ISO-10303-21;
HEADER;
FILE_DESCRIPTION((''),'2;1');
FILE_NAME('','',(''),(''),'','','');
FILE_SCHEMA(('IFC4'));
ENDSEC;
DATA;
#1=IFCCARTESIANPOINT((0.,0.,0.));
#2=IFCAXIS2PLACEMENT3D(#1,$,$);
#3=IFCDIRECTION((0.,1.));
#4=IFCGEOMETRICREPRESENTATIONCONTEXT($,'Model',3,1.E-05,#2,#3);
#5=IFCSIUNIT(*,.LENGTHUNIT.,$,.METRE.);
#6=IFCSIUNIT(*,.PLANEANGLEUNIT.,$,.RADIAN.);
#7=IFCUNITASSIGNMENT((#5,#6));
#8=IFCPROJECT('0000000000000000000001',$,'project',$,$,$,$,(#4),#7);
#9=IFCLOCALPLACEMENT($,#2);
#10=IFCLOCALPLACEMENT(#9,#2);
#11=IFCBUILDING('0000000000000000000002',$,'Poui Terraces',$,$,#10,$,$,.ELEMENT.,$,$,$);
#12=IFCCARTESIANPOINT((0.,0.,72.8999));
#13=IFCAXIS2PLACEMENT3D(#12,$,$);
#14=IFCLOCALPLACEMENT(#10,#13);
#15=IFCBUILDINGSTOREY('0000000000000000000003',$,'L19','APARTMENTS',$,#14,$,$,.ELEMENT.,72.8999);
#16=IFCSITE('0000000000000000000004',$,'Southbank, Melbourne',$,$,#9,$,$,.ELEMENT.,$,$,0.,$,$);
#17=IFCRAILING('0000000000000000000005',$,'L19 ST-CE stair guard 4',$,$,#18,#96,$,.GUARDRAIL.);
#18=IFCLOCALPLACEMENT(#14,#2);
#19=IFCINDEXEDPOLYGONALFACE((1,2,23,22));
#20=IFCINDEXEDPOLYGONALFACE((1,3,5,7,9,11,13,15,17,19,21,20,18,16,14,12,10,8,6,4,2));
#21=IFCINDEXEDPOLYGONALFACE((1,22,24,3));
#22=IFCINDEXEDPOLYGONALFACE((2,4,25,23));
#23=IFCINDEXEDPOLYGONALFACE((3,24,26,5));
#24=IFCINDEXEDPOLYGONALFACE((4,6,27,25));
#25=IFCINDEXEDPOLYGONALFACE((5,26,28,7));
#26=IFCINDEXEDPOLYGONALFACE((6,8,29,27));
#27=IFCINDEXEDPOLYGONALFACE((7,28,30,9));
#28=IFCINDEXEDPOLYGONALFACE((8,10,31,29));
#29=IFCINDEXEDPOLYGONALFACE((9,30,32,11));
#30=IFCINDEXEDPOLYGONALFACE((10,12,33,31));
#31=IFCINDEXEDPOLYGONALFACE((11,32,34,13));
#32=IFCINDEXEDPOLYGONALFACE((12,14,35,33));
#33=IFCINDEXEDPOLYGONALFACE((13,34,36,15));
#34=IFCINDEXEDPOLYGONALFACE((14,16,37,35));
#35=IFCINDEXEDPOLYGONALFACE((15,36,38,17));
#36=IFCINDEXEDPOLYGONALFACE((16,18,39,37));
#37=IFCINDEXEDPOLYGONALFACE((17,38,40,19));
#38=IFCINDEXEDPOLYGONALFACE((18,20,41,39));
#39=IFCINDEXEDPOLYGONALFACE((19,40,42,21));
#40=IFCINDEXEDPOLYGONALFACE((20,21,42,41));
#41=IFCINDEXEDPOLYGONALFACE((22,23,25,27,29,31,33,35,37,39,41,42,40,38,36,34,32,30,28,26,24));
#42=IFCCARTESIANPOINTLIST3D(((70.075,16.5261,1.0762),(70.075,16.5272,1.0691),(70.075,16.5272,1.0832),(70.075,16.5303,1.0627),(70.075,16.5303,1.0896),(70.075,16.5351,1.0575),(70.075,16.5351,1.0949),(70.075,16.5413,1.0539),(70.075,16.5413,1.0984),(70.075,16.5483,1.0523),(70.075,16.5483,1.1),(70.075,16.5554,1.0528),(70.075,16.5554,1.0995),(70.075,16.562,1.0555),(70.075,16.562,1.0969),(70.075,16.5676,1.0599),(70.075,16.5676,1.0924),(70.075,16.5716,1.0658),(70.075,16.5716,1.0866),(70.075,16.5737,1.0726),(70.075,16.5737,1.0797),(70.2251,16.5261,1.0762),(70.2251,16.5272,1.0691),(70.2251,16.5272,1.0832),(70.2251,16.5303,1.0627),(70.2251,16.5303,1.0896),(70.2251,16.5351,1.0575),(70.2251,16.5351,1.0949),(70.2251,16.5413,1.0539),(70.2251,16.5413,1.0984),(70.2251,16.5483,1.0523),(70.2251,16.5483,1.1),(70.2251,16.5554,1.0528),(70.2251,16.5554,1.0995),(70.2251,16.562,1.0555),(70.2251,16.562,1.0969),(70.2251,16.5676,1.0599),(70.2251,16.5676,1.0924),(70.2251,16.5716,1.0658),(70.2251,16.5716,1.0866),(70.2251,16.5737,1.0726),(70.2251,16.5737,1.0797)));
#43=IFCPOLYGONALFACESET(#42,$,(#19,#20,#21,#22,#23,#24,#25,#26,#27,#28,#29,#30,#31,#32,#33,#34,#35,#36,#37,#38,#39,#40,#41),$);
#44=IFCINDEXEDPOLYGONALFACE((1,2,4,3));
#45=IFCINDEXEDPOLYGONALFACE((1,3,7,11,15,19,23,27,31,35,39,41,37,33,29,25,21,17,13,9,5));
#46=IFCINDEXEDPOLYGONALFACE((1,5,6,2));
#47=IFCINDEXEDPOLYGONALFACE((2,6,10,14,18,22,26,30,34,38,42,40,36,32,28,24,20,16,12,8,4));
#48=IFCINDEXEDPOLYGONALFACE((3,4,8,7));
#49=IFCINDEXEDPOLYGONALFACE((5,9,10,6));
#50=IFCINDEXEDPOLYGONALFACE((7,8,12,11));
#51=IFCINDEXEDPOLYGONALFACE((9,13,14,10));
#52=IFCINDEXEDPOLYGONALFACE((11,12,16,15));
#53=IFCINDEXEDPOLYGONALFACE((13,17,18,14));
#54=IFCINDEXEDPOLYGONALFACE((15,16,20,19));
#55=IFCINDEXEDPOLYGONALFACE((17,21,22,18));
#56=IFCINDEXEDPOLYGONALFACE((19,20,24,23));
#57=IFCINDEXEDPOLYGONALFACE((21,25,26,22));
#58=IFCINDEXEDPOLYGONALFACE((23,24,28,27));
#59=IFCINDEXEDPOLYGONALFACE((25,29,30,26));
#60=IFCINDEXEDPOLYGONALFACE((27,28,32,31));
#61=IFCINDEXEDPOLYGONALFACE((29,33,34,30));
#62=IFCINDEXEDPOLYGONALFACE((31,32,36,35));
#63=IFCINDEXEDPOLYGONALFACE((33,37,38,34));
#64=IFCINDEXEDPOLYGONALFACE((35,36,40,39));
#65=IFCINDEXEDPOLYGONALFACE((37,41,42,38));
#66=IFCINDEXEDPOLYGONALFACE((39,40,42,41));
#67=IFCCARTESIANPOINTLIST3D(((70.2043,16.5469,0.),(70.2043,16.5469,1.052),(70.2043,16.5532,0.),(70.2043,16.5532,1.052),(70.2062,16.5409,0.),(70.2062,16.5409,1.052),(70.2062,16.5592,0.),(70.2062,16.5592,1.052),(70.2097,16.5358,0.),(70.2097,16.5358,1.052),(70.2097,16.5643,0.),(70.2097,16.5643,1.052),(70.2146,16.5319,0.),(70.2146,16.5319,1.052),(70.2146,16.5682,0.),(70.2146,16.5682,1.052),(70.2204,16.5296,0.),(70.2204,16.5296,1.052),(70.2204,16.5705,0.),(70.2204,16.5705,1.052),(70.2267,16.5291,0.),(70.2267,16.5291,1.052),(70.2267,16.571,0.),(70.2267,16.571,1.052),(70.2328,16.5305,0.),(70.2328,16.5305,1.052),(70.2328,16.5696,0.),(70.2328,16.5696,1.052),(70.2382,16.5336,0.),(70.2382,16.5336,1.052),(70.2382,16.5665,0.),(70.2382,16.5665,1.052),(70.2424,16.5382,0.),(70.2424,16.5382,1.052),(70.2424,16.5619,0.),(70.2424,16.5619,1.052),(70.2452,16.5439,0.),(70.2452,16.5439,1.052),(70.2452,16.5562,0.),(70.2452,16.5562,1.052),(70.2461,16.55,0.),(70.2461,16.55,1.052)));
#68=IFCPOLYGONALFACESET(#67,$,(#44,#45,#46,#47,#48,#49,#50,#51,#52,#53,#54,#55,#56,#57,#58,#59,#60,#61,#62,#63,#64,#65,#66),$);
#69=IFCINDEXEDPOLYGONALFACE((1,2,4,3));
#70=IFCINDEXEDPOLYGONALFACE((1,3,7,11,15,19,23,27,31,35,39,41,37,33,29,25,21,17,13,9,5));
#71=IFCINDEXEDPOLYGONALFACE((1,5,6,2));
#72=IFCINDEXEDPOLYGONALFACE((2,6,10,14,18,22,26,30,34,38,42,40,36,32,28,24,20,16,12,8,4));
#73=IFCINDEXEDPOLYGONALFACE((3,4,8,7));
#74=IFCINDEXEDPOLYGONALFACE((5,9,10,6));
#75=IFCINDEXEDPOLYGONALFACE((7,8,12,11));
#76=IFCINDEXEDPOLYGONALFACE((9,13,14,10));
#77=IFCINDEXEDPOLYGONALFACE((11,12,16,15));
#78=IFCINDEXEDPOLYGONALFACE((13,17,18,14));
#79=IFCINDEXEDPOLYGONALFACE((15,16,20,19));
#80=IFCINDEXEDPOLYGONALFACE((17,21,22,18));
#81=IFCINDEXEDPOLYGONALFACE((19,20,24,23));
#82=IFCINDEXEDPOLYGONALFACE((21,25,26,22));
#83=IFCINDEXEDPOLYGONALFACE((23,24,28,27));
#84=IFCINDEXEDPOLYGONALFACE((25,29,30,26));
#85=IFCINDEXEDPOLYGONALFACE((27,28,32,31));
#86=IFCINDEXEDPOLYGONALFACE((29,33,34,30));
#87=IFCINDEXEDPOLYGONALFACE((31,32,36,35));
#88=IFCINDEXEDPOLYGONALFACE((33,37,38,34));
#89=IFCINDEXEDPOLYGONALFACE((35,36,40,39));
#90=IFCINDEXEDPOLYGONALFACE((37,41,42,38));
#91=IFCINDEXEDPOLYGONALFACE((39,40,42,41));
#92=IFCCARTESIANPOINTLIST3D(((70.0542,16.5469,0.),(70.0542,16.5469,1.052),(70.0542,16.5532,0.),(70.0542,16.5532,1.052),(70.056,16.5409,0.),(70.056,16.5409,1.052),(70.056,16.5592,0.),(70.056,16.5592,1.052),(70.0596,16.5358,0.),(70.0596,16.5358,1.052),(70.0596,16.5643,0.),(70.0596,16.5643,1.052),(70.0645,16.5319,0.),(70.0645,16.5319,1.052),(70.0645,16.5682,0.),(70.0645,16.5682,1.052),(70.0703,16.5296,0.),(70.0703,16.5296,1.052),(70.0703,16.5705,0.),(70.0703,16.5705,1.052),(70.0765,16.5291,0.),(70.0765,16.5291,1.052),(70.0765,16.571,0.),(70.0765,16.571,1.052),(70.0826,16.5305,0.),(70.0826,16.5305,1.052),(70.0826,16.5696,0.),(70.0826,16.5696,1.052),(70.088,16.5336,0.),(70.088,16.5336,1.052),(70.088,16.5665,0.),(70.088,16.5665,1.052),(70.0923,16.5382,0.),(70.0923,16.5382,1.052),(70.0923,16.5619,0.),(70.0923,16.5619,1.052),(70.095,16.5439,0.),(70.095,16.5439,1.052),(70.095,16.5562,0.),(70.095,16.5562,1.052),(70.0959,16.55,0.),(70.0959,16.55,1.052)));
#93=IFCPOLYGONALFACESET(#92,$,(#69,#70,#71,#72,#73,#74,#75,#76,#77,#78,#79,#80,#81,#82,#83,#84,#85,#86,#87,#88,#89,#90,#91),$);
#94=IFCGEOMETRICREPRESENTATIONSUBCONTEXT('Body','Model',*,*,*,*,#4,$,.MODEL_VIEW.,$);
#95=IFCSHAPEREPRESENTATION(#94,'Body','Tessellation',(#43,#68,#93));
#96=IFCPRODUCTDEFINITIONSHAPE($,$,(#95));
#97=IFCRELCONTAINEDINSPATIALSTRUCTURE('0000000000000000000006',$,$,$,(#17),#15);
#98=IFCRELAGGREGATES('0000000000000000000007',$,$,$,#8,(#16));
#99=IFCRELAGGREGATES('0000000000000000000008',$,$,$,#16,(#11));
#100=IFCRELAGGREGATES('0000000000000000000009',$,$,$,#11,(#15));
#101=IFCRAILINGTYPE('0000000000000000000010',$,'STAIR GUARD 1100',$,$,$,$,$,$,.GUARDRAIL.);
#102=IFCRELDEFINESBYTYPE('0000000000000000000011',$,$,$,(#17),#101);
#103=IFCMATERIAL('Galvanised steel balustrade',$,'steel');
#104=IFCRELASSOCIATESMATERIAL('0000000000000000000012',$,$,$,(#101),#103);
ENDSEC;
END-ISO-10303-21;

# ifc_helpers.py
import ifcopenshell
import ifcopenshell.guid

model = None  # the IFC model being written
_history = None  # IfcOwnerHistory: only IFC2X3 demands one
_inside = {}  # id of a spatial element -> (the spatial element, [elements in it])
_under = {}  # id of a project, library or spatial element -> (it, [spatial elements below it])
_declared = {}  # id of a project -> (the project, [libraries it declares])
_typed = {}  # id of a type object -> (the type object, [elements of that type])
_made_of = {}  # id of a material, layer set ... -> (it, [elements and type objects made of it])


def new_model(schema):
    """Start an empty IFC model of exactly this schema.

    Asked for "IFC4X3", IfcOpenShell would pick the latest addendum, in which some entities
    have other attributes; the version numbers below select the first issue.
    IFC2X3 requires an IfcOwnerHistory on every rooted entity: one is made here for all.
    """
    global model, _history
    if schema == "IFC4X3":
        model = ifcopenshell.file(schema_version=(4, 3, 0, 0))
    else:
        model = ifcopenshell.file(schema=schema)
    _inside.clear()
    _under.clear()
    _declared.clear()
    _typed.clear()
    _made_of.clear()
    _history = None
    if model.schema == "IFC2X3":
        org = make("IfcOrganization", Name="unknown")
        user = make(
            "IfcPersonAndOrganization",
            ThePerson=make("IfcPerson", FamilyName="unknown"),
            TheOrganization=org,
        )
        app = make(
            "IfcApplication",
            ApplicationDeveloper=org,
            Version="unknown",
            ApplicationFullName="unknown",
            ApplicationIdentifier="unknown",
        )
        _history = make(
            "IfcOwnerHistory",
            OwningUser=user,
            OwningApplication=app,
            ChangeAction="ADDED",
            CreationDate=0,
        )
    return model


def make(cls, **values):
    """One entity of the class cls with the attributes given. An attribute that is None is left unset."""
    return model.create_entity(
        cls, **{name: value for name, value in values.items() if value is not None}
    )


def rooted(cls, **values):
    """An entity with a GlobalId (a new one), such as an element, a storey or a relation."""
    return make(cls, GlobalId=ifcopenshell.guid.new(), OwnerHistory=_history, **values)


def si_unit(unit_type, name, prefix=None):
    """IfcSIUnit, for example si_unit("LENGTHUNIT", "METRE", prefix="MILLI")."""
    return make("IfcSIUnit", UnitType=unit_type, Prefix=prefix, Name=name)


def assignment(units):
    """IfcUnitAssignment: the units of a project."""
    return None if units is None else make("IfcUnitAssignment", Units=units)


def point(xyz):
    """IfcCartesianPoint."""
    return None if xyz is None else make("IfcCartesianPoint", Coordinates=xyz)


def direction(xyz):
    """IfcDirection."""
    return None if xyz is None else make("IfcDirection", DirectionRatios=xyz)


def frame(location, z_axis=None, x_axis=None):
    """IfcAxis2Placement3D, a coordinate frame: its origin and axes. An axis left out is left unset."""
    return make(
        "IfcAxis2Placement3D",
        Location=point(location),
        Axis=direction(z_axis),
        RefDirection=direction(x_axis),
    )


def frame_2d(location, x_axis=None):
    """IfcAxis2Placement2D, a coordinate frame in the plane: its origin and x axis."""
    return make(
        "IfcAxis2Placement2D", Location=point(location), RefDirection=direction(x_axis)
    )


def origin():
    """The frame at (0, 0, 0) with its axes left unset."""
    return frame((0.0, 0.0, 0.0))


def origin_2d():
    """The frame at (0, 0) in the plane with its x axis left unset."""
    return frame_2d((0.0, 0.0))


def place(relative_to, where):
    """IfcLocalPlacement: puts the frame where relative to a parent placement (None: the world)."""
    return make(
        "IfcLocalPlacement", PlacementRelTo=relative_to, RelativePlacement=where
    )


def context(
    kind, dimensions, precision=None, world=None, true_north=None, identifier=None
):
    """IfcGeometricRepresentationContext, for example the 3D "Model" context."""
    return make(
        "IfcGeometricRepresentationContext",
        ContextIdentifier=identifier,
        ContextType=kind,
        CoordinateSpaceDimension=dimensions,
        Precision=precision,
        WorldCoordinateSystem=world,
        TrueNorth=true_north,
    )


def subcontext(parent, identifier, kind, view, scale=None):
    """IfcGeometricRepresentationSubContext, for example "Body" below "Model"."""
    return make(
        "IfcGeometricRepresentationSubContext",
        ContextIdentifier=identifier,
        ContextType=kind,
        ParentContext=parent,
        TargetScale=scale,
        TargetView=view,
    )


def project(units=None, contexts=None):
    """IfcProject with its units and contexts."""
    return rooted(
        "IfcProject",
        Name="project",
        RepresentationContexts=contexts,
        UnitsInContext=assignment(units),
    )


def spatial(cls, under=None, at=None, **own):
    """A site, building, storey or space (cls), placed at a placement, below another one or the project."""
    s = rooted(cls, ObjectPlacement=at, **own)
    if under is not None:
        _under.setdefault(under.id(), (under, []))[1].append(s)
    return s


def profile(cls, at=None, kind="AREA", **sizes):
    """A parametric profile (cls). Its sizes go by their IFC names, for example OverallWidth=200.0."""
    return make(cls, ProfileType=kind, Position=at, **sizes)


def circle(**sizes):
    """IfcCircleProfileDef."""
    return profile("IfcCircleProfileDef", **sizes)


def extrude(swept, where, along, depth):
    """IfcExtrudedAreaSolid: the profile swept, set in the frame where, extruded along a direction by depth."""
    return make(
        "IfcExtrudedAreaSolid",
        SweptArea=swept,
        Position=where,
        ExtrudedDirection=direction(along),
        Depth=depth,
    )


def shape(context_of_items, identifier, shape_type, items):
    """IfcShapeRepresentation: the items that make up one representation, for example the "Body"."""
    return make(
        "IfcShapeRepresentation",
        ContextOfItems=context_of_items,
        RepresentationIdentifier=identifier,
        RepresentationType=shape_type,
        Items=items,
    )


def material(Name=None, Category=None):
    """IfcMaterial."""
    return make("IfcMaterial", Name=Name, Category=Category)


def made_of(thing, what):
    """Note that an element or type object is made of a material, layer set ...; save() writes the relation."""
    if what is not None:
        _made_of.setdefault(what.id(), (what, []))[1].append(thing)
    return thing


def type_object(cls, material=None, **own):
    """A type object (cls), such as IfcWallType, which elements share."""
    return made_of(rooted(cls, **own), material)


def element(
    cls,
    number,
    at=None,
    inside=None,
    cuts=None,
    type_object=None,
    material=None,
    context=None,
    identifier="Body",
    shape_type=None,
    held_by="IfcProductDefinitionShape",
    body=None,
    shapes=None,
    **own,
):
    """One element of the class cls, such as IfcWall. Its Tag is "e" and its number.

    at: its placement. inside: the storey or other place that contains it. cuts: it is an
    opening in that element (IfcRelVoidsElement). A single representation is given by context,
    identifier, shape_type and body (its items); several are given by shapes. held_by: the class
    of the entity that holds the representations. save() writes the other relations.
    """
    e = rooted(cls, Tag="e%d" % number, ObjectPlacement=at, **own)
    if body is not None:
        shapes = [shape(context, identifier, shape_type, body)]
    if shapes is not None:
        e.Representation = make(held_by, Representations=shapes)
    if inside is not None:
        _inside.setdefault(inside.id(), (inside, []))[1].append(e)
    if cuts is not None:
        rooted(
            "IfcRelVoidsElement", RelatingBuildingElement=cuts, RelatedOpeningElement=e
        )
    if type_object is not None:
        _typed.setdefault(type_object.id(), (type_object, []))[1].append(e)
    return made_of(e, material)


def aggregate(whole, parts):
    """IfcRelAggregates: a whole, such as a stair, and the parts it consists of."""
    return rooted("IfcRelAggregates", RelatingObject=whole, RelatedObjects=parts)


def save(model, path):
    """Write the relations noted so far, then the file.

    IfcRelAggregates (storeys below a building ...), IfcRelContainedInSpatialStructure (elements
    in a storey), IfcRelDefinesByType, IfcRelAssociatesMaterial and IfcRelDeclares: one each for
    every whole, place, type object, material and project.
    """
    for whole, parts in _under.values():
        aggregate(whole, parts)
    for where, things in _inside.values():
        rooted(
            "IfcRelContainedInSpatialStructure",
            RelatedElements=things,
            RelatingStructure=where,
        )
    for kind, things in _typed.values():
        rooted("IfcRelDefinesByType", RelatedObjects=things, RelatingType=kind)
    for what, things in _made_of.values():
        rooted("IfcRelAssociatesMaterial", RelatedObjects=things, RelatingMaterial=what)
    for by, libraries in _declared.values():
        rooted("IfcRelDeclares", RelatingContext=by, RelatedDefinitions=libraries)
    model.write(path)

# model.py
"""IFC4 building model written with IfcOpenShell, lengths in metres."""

from ifc_helpers import new_model, si_unit, direction, frame, origin, origin_2d, place, context, subcontext, project, spatial, circle, extrude, material, type_object, element, save


model = new_model("IFC4")

# Units and contexts
model_context = context("Model", 3, precision=1e-05, world=origin(), true_north=direction((0.0, 1.0)))
body_context = subcontext(model_context, "Body", "Model", "MODEL_VIEW")
ifc_project = project(units=[si_unit("LENGTHUNIT", "METRE"), si_unit("PLANEANGLEUNIT", "RADIAN")], contexts=[model_context])

# Site, building, storey
site_placement = place(None, origin())
site = spatial("IfcSite", under=ifc_project, at=site_placement, Name="Southbank, Melbourne", CompositionType="ELEMENT", RefElevation=0.0)
building_placement = place(site_placement, origin())
building = spatial("IfcBuilding", under=site, at=building_placement, Name="Poui Terraces", CompositionType="ELEMENT")
storey_placement = place(building_placement, frame((0.0, 0.0, 72.8999)))
storey = spatial("IfcBuildingStorey", under=building, at=storey_placement, Name="L19", Description="APARTMENTS", CompositionType="ELEMENT", Elevation=72.8999)

# Railing
ifc_material_1 = material(Name="Galvanised steel balustrade", Category="steel")
railing_type_1 = type_object("IfcRailingType", Name="STAIR GUARD 1100", PredefinedType="GUARDRAIL", material=ifc_material_1)
railing_1_placement = place(storey_placement, frame((70.2251, 16.55, 0.0)))
element("IfcRailing", 1, at=railing_1_placement, inside=storey, type_object=railing_type_1, Name="L19 ST-CE stair guard 4", PredefinedType="GUARDRAIL", context=body_context, shape_type="SweptSolid", body=[
    extrude(circle(Radius=0.0239, at=origin_2d()), frame((0.0, 0.0, 1.0762), z_axis=(-1.0, 0.0, 0.0), x_axis=(0.0, -1.0, 0.0)), (0.0, 0.0, 1.0), 0.1501),
    extrude(circle(Radius=0.021, at=origin_2d()), origin(), (0.0, 0.0, 1.0), 1.052),
    extrude(circle(Radius=0.021, at=origin_2d()), frame((-0.1501, 0.0, 0.0)), (0.0, 0.0, 1.0), 1.052),
])

save(model, "model.ifc")
